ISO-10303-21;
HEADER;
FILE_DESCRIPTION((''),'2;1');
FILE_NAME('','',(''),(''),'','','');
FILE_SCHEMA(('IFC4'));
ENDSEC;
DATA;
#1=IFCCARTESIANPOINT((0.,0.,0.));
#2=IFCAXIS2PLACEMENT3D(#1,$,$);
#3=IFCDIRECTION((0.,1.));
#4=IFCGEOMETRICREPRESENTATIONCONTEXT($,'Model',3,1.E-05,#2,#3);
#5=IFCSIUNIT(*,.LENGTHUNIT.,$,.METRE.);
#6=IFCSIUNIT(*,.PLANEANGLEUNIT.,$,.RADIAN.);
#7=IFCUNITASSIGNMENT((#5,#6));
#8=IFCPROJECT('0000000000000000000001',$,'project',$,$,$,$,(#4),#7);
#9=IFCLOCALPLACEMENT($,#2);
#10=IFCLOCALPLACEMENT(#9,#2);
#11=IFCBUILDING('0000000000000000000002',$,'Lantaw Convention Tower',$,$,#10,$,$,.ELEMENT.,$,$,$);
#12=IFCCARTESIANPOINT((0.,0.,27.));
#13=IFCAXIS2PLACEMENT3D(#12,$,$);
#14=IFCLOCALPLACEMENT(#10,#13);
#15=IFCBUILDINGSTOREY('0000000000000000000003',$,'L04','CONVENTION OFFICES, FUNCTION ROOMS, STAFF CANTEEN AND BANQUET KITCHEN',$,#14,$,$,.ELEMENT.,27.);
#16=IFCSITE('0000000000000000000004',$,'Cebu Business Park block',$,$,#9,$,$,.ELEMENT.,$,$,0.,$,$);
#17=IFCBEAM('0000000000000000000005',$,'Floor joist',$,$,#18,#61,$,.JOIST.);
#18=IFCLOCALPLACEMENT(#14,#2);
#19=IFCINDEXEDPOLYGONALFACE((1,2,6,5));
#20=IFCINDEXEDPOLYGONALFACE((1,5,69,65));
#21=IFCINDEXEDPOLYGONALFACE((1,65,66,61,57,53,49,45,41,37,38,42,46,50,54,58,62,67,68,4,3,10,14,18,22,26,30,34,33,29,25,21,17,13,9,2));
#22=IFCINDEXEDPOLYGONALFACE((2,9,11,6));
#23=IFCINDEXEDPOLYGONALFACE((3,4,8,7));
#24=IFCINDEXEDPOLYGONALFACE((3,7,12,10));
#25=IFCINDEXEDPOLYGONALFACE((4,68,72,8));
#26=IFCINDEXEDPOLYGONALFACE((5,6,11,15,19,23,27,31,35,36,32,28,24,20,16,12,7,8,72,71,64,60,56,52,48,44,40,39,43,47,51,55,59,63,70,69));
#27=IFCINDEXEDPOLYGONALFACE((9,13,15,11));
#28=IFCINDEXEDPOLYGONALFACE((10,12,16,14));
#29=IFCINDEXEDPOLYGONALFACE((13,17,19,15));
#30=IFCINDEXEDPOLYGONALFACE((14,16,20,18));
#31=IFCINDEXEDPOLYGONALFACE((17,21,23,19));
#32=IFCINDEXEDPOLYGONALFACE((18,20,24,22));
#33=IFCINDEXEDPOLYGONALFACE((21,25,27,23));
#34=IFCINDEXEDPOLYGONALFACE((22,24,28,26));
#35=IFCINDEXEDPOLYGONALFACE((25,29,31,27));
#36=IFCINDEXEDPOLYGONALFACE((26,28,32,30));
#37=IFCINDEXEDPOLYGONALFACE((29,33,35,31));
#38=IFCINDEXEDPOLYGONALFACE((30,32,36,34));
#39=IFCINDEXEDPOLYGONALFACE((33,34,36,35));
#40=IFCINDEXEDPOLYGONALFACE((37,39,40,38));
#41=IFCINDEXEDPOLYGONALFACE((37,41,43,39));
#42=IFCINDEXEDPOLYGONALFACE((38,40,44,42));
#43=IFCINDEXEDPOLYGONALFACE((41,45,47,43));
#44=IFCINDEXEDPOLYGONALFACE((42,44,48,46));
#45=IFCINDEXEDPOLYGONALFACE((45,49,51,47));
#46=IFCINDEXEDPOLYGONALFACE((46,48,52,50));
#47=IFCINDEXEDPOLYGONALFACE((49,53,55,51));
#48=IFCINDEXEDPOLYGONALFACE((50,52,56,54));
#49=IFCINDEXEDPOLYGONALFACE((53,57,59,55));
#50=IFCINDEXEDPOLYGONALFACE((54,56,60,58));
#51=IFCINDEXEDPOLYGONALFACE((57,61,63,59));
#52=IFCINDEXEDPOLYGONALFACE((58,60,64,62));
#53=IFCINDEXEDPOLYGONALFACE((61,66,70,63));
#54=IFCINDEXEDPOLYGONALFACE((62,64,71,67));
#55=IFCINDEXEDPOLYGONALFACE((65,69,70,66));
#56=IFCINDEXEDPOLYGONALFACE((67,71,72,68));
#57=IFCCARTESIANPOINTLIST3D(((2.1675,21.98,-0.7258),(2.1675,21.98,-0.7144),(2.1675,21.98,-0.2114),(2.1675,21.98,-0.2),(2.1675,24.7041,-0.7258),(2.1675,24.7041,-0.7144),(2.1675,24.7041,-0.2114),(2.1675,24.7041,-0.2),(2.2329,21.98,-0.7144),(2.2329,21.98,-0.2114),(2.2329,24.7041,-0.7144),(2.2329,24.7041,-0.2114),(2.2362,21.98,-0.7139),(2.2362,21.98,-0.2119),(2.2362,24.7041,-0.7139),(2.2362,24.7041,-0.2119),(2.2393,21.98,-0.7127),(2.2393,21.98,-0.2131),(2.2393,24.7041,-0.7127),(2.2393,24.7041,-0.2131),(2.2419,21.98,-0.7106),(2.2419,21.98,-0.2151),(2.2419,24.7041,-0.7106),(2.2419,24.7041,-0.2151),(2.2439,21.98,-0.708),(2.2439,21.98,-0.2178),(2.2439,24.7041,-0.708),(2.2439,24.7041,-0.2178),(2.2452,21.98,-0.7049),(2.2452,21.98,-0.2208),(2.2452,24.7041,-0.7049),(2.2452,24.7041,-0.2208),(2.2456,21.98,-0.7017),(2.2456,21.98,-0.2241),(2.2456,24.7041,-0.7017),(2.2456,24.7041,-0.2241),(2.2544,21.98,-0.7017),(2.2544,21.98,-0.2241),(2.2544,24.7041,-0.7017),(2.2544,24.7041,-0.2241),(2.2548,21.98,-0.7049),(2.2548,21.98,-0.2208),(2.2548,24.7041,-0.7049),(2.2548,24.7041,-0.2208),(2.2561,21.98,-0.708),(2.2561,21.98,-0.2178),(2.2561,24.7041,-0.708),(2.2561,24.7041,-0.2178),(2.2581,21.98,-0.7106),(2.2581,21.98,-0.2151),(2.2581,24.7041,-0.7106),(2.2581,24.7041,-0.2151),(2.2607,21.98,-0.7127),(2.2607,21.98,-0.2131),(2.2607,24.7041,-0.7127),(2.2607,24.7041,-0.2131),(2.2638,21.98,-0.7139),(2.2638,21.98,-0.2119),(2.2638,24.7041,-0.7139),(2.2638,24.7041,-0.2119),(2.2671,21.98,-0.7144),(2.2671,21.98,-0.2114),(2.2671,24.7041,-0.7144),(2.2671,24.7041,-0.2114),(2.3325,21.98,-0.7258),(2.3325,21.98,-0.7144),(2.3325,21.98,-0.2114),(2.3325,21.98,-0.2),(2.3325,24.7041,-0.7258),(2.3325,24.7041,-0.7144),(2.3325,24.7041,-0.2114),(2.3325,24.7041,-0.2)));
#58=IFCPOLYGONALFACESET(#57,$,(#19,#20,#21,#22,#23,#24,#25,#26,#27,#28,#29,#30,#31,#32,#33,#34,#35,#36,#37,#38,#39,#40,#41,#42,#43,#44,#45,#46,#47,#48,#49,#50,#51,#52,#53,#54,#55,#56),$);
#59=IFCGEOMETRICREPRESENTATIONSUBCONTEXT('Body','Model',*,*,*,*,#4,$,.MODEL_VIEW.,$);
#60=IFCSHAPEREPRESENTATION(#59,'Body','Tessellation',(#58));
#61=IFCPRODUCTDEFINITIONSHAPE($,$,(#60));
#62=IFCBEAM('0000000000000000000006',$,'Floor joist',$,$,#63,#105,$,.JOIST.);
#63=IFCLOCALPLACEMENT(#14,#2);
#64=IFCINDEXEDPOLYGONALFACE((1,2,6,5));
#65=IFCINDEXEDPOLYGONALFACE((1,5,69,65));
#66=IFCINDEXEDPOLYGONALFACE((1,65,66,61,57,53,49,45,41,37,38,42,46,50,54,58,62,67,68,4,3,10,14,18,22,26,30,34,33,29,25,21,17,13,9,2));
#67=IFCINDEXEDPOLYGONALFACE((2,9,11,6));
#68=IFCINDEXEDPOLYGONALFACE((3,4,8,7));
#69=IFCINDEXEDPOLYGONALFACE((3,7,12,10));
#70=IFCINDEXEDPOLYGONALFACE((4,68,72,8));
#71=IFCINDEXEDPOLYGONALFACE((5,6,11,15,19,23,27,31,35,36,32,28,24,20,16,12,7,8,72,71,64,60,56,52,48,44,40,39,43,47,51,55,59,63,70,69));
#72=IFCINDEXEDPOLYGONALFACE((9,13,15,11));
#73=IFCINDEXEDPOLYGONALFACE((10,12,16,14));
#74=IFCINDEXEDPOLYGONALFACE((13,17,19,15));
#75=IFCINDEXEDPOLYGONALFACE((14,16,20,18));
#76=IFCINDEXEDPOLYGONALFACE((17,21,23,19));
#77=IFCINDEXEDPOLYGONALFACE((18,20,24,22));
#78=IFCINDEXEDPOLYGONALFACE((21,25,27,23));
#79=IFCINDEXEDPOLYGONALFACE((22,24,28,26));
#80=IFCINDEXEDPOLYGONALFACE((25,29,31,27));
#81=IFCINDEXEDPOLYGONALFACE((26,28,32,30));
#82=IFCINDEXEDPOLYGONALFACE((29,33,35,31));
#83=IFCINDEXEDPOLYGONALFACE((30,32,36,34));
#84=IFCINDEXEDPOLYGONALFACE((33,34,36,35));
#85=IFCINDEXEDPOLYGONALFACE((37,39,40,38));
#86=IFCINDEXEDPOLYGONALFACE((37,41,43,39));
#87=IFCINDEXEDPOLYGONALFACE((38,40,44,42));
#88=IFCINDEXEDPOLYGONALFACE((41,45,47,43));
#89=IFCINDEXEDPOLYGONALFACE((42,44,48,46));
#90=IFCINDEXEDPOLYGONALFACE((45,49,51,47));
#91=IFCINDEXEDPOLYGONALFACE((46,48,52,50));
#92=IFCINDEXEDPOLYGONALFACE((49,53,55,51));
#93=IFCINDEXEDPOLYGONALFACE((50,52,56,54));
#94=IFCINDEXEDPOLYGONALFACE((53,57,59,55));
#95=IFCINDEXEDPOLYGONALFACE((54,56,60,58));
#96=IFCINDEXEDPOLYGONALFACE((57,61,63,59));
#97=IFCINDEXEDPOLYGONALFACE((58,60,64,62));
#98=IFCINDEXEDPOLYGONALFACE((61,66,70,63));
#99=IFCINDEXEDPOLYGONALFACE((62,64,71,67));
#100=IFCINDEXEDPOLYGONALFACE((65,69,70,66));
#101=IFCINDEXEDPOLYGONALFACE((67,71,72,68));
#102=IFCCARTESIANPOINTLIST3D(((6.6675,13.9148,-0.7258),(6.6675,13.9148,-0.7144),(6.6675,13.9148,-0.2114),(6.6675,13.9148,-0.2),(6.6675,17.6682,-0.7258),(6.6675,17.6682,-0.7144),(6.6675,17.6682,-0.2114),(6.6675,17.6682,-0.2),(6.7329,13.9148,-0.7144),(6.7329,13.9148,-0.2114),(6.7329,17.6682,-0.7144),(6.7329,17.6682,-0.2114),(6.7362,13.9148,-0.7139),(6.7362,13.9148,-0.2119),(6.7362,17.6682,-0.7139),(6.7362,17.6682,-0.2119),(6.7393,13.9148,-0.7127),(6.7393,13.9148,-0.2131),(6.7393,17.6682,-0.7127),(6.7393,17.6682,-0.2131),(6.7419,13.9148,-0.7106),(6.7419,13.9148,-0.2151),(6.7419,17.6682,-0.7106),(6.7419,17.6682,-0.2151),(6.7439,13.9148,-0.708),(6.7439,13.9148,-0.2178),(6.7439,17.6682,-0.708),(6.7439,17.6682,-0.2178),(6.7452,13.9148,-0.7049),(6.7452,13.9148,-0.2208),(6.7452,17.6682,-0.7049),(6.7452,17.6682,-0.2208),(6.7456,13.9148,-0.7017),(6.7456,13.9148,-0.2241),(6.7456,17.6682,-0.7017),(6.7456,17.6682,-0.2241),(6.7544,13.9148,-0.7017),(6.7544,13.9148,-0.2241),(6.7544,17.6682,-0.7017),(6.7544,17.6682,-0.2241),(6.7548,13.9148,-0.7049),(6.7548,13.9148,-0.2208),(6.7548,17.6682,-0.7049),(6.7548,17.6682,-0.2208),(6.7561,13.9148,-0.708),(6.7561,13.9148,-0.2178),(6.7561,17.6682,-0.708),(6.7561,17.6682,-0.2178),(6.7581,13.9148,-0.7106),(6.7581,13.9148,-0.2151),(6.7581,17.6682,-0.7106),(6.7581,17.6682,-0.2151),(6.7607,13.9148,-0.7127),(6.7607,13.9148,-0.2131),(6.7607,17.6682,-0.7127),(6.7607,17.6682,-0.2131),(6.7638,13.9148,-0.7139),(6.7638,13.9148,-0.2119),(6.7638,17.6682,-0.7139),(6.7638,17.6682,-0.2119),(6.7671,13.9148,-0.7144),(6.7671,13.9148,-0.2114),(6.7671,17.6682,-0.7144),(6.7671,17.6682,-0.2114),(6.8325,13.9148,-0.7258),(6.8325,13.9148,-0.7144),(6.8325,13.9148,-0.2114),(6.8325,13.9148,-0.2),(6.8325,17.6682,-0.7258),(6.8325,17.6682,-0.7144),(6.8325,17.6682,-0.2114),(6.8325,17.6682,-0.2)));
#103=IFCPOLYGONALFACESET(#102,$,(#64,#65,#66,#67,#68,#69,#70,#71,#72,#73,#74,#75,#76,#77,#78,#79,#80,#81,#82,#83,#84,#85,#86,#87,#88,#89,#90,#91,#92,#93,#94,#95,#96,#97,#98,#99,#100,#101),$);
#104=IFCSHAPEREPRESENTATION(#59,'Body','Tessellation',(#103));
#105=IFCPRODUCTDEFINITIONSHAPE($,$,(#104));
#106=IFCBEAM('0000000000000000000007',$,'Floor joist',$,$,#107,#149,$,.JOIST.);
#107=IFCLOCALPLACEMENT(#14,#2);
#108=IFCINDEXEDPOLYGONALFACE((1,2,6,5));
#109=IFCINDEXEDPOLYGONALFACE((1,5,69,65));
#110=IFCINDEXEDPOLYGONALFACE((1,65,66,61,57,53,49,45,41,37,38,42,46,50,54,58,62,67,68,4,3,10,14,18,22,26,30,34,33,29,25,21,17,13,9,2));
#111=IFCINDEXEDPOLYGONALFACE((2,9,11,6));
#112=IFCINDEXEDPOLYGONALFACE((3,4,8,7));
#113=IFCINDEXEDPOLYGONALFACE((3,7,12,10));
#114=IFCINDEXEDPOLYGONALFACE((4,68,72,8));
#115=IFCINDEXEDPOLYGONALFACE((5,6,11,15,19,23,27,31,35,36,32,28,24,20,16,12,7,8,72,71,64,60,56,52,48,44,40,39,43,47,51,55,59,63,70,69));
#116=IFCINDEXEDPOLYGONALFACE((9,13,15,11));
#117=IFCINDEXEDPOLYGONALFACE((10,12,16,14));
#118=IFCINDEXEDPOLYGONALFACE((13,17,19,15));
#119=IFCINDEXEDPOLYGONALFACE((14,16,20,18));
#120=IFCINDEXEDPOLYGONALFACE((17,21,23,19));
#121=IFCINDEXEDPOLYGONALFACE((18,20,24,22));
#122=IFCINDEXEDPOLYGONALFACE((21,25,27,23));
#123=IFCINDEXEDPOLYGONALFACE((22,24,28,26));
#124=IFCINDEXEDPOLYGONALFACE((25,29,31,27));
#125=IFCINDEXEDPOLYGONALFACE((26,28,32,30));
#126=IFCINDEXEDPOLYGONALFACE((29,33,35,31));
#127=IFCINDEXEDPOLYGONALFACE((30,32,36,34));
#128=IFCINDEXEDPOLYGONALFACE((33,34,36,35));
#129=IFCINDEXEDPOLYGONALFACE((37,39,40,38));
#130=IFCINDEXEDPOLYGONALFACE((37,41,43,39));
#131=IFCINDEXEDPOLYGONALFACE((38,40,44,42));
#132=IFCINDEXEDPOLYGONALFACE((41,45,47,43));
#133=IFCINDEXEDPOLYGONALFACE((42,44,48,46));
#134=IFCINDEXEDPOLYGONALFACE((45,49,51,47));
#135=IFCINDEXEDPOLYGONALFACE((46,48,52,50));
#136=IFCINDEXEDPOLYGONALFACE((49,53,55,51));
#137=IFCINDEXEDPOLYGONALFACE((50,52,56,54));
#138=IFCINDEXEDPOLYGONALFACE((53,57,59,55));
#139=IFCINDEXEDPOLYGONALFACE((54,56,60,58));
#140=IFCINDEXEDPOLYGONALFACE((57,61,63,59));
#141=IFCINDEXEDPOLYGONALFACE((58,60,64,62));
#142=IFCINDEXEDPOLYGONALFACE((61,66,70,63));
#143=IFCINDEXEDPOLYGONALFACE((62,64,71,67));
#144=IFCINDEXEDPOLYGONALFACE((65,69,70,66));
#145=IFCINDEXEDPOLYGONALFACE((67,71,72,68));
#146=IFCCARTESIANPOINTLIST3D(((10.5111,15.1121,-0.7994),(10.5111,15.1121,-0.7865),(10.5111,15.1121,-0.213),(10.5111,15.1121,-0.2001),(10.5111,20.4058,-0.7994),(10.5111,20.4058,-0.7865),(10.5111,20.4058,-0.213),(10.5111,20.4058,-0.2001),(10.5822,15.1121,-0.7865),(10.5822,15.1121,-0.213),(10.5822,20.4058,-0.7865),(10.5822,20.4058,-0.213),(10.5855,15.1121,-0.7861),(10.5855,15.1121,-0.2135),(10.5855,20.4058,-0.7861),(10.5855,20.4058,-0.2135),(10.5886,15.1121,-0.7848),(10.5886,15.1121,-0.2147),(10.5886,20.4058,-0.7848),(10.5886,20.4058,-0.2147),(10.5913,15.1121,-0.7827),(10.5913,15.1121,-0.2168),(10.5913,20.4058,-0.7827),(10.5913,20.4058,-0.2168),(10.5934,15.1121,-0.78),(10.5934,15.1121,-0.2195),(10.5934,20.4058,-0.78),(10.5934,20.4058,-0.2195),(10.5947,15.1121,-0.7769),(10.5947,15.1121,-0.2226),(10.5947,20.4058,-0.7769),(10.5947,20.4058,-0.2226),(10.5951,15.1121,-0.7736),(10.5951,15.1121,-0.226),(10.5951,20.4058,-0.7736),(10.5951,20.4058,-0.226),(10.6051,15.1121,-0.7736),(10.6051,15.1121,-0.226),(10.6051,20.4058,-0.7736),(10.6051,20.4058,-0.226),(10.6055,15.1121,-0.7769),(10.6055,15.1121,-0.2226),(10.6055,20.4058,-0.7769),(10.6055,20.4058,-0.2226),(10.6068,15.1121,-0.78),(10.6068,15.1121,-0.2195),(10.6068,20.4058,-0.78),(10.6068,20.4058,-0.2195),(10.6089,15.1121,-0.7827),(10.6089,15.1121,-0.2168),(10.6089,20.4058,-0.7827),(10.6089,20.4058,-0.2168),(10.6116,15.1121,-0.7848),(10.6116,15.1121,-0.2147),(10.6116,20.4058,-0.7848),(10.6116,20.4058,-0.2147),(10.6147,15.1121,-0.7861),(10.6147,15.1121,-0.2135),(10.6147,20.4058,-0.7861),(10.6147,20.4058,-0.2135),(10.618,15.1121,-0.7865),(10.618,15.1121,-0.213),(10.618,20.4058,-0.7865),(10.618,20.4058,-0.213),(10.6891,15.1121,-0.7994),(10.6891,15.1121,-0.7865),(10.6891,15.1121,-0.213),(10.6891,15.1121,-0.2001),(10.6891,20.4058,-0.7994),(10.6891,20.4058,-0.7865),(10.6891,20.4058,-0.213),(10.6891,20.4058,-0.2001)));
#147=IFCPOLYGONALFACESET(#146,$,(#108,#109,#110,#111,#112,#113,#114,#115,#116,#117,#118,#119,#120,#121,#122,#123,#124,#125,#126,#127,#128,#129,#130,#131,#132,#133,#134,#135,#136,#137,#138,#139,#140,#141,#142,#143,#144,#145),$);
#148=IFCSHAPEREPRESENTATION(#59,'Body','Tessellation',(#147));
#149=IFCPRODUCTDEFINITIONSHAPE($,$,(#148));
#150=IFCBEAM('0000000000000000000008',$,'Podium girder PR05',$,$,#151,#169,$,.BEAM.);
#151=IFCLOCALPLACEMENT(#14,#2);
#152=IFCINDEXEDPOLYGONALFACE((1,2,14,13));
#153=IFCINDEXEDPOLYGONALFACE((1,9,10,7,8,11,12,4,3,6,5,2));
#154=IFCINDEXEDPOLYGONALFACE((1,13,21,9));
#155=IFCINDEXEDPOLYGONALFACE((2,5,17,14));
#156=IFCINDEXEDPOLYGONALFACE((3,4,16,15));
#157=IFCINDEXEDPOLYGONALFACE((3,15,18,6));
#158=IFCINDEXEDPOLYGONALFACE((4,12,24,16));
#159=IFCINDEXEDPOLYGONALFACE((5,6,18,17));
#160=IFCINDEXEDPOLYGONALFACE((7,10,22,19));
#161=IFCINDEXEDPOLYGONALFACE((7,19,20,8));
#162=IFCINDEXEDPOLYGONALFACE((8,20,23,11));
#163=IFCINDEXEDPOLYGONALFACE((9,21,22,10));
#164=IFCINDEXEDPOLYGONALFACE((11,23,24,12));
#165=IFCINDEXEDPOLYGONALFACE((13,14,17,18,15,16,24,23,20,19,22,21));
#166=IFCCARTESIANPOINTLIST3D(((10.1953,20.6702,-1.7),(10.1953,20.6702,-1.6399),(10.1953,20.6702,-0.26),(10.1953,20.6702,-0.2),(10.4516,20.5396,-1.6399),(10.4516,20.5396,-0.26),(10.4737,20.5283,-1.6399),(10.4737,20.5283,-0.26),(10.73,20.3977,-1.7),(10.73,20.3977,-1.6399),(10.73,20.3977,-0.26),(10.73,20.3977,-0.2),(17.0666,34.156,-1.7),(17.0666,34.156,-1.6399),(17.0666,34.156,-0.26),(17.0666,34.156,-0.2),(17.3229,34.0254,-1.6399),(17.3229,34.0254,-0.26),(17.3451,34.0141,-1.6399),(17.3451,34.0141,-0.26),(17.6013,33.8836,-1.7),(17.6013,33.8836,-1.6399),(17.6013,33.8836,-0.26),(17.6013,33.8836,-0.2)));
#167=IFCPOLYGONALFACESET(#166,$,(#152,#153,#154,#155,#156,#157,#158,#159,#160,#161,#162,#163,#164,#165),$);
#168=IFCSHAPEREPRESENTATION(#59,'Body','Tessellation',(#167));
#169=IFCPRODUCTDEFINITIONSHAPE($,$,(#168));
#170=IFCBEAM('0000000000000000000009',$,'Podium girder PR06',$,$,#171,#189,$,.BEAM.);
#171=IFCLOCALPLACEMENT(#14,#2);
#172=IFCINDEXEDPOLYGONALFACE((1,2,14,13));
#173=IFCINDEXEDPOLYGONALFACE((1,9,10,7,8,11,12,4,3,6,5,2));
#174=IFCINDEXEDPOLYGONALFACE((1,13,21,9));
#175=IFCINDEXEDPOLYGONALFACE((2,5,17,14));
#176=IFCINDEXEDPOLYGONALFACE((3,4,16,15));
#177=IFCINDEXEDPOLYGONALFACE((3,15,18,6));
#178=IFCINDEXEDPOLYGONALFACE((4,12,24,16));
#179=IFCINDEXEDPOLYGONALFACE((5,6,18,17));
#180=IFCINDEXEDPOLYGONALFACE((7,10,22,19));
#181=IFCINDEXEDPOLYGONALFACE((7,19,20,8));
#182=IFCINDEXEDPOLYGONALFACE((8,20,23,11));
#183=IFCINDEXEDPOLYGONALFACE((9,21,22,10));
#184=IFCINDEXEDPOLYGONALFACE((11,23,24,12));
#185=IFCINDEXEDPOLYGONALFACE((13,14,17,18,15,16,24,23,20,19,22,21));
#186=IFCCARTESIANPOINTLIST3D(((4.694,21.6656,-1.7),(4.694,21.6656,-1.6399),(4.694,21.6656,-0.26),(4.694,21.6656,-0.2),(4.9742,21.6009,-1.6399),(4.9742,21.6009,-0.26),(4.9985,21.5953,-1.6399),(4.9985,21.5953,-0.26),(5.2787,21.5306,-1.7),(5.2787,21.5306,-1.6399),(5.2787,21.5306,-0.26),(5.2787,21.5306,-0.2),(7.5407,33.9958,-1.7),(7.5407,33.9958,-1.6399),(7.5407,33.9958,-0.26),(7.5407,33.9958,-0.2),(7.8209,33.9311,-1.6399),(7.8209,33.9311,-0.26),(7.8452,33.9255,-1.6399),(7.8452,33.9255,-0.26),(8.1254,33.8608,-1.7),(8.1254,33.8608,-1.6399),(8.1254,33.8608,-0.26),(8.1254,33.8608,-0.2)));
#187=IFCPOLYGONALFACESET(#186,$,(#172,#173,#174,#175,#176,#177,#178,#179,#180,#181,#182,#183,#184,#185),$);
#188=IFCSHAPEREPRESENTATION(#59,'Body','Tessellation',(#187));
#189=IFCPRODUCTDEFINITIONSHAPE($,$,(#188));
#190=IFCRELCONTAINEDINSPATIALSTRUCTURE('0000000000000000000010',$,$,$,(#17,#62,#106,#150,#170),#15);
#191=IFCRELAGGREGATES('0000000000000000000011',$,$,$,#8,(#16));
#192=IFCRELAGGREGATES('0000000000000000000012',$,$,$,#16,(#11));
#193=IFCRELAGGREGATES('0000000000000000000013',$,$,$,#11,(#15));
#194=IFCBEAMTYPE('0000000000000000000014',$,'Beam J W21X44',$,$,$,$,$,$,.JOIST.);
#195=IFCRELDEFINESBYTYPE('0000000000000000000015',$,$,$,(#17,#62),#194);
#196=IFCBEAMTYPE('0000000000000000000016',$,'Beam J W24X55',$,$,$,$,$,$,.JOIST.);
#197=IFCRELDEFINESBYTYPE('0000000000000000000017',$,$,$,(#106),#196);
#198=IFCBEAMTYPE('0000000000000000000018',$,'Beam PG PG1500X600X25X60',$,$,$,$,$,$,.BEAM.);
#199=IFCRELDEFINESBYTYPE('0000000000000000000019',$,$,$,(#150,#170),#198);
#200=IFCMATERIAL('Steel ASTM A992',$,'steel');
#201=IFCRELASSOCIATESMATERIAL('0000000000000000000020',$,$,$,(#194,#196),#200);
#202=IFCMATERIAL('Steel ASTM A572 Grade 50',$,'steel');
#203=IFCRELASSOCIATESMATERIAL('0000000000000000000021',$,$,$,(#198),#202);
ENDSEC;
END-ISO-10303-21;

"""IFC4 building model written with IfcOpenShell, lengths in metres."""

from ifc_helpers import new_model, si_unit, direction, frame, origin, origin_2d, place, context, subcontext, project, spatial, i_section, extrude, material, material_profile, profile_set, type_object, element, save


model = new_model("IFC4")

# Units and contexts
model_context = context("Model", 3, precision=1e-05, world=origin(), true_north=direction((0.0, 1.0)))
body_context = subcontext(model_context, "Body", "Model", "MODEL_VIEW")
ifc_project = project(units=[si_unit("LENGTHUNIT", "METRE"), si_unit("PLANEANGLEUNIT", "RADIAN")], contexts=[model_context])

# Site, building, storey
site_placement = place(None, origin())
site = spatial("IfcSite", under=ifc_project, at=site_placement, Name="Cebu Business Park block", CompositionType="ELEMENT", RefElevation=0.0)
building_placement = place(site_placement, origin())
building = spatial("IfcBuilding", under=site, at=building_placement, Name="Lantaw Convention Tower", CompositionType="ELEMENT")
storey_placement = place(building_placement, frame((0.0, 0.0, 27.0)))
storey = spatial("IfcBuildingStorey", under=building, at=storey_placement, Name="L04", Description="CONVENTION OFFICES, FUNCTION ROOMS, STAFF CANTEEN AND BANQUET KITCHEN", CompositionType="ELEMENT", Elevation=27.0)

# Shared definitions
ifc_material_1 = material(Name="Steel ASTM A572 Grade 50", Category="steel")

# Beams
ifc_material_2 = material(Name="Steel ASTM A992", Category="steel")
ifc_material_profile_1 = material_profile(ifc_material_2, i_section(OverallWidth=0.165, OverallDepth=0.5259, WebThickness=0.0088, FlangeThickness=0.0115, FilletRadius=0.0127, at=origin_2d()), Name="W21X44")
ifc_profile_set_1 = profile_set([ifc_material_profile_1], Name="Steel ASTM A992")
beam_type_1 = type_object("IfcBeamType", Name="Beam J W21X44", PredefinedType="JOIST", material=ifc_profile_set_1)
beam_1_placement = place(storey_placement, frame((2.25, 21.98, -0.4629), z_axis=(0.0, 1.0, 0.0), x_axis=(-1.0, 0.0, 0.0)))
element("IfcBeam", 1, at=beam_1_placement, inside=storey, type_object=beam_type_1, Name="Floor joist", PredefinedType="JOIST", context=body_context, shape_type="SweptSolid", body=[
    extrude(i_section(OverallWidth=0.165, OverallDepth=0.5259, WebThickness=0.0088, FlangeThickness=0.0115, FilletRadius=0.0127, at=origin_2d()), origin(), (0.0, 0.0, 1.0), 2.7241),
])
beam_2_placement = place(storey_placement, frame((6.75, 13.9148, -0.4629), z_axis=(0.0, 1.0, 0.0), x_axis=(-1.0, 0.0, 0.0)))
element("IfcBeam", 2, at=beam_2_placement, inside=storey, type_object=beam_type_1, Name="Floor joist", PredefinedType="JOIST", context=body_context, shape_type="SweptSolid", body=[
    extrude(i_section(OverallWidth=0.165, OverallDepth=0.5259, WebThickness=0.0088, FlangeThickness=0.0115, FilletRadius=0.0127, at=origin_2d()), origin(), (0.0, 0.0, 1.0), 3.7534),
])
ifc_material_profile_2 = material_profile(ifc_material_2, i_section(OverallWidth=0.178, OverallDepth=0.5994, WebThickness=0.01, FlangeThickness=0.0129, FilletRadius=0.0129, at=origin_2d()), Name="W24X55")
ifc_profile_set_2 = profile_set([ifc_material_profile_2], Name="Steel ASTM A992")
beam_type_2 = type_object("IfcBeamType", Name="Beam J W24X55", PredefinedType="JOIST", material=ifc_profile_set_2)
beam_3_placement = place(storey_placement, frame((10.6001, 15.1121, -0.4998), z_axis=(0.0, 1.0, 0.0), x_axis=(-1.0, 0.0, 0.0)))
element("IfcBeam", 3, at=beam_3_placement, inside=storey, type_object=beam_type_2, Name="Floor joist", PredefinedType="JOIST", context=body_context, shape_type="SweptSolid", body=[
    extrude(i_section(OverallWidth=0.178, OverallDepth=0.5994, WebThickness=0.01, FlangeThickness=0.0129, FilletRadius=0.0129, at=origin_2d()), origin(), (0.0, 0.0, 1.0), 5.2937),
])
ifc_material_profile_3 = material_profile(ifc_material_1, i_section(OverallWidth=0.6001, OverallDepth=1.5, WebThickness=0.0249, FlangeThickness=0.0601, at=origin_2d()), Name="PG1500X600X25X60")
ifc_profile_set_3 = profile_set([ifc_material_profile_3], Name="Steel ASTM A572 Grade 50")
beam_type_3 = type_object("IfcBeamType", Name="Beam PG PG1500X600X25X60", PredefinedType="BEAM", material=ifc_profile_set_3)
beam_4_placement = place(storey_placement, frame((10.4626, 20.5339, -0.95), z_axis=(0.453988, 0.891008, 0.0), x_axis=(-0.891008, 0.453988, 0.0)))
element("IfcBeam", 4, at=beam_4_placement, inside=storey, type_object=beam_type_3, Name="Podium girder PR05", PredefinedType="BEAM", context=body_context, shape_type="SweptSolid", body=[
    extrude(i_section(OverallWidth=0.6001, OverallDepth=1.5, WebThickness=0.0249, FlangeThickness=0.0601, at=origin_2d()), origin(), (0.0, 0.0, 1.0), 15.1355),
])
beam_5_placement = place(storey_placement, frame((4.9863, 21.5981, -0.95), z_axis=(0.224955, 0.974369, 0.0), x_axis=(-0.974369, 0.224955, 0.0)))
element("IfcBeam", 5, at=beam_5_placement, inside=storey, type_object=beam_type_3, Name="Podium girder PR06", PredefinedType="BEAM", context=body_context, shape_type="SweptSolid", body=[
    extrude(i_section(OverallWidth=0.6001, OverallDepth=1.5, WebThickness=0.0249, FlangeThickness=0.0601, at=origin_2d()), origin(), (0.0, 0.0, 1.0), 12.6545),
])

save(model, "model.ifc")
